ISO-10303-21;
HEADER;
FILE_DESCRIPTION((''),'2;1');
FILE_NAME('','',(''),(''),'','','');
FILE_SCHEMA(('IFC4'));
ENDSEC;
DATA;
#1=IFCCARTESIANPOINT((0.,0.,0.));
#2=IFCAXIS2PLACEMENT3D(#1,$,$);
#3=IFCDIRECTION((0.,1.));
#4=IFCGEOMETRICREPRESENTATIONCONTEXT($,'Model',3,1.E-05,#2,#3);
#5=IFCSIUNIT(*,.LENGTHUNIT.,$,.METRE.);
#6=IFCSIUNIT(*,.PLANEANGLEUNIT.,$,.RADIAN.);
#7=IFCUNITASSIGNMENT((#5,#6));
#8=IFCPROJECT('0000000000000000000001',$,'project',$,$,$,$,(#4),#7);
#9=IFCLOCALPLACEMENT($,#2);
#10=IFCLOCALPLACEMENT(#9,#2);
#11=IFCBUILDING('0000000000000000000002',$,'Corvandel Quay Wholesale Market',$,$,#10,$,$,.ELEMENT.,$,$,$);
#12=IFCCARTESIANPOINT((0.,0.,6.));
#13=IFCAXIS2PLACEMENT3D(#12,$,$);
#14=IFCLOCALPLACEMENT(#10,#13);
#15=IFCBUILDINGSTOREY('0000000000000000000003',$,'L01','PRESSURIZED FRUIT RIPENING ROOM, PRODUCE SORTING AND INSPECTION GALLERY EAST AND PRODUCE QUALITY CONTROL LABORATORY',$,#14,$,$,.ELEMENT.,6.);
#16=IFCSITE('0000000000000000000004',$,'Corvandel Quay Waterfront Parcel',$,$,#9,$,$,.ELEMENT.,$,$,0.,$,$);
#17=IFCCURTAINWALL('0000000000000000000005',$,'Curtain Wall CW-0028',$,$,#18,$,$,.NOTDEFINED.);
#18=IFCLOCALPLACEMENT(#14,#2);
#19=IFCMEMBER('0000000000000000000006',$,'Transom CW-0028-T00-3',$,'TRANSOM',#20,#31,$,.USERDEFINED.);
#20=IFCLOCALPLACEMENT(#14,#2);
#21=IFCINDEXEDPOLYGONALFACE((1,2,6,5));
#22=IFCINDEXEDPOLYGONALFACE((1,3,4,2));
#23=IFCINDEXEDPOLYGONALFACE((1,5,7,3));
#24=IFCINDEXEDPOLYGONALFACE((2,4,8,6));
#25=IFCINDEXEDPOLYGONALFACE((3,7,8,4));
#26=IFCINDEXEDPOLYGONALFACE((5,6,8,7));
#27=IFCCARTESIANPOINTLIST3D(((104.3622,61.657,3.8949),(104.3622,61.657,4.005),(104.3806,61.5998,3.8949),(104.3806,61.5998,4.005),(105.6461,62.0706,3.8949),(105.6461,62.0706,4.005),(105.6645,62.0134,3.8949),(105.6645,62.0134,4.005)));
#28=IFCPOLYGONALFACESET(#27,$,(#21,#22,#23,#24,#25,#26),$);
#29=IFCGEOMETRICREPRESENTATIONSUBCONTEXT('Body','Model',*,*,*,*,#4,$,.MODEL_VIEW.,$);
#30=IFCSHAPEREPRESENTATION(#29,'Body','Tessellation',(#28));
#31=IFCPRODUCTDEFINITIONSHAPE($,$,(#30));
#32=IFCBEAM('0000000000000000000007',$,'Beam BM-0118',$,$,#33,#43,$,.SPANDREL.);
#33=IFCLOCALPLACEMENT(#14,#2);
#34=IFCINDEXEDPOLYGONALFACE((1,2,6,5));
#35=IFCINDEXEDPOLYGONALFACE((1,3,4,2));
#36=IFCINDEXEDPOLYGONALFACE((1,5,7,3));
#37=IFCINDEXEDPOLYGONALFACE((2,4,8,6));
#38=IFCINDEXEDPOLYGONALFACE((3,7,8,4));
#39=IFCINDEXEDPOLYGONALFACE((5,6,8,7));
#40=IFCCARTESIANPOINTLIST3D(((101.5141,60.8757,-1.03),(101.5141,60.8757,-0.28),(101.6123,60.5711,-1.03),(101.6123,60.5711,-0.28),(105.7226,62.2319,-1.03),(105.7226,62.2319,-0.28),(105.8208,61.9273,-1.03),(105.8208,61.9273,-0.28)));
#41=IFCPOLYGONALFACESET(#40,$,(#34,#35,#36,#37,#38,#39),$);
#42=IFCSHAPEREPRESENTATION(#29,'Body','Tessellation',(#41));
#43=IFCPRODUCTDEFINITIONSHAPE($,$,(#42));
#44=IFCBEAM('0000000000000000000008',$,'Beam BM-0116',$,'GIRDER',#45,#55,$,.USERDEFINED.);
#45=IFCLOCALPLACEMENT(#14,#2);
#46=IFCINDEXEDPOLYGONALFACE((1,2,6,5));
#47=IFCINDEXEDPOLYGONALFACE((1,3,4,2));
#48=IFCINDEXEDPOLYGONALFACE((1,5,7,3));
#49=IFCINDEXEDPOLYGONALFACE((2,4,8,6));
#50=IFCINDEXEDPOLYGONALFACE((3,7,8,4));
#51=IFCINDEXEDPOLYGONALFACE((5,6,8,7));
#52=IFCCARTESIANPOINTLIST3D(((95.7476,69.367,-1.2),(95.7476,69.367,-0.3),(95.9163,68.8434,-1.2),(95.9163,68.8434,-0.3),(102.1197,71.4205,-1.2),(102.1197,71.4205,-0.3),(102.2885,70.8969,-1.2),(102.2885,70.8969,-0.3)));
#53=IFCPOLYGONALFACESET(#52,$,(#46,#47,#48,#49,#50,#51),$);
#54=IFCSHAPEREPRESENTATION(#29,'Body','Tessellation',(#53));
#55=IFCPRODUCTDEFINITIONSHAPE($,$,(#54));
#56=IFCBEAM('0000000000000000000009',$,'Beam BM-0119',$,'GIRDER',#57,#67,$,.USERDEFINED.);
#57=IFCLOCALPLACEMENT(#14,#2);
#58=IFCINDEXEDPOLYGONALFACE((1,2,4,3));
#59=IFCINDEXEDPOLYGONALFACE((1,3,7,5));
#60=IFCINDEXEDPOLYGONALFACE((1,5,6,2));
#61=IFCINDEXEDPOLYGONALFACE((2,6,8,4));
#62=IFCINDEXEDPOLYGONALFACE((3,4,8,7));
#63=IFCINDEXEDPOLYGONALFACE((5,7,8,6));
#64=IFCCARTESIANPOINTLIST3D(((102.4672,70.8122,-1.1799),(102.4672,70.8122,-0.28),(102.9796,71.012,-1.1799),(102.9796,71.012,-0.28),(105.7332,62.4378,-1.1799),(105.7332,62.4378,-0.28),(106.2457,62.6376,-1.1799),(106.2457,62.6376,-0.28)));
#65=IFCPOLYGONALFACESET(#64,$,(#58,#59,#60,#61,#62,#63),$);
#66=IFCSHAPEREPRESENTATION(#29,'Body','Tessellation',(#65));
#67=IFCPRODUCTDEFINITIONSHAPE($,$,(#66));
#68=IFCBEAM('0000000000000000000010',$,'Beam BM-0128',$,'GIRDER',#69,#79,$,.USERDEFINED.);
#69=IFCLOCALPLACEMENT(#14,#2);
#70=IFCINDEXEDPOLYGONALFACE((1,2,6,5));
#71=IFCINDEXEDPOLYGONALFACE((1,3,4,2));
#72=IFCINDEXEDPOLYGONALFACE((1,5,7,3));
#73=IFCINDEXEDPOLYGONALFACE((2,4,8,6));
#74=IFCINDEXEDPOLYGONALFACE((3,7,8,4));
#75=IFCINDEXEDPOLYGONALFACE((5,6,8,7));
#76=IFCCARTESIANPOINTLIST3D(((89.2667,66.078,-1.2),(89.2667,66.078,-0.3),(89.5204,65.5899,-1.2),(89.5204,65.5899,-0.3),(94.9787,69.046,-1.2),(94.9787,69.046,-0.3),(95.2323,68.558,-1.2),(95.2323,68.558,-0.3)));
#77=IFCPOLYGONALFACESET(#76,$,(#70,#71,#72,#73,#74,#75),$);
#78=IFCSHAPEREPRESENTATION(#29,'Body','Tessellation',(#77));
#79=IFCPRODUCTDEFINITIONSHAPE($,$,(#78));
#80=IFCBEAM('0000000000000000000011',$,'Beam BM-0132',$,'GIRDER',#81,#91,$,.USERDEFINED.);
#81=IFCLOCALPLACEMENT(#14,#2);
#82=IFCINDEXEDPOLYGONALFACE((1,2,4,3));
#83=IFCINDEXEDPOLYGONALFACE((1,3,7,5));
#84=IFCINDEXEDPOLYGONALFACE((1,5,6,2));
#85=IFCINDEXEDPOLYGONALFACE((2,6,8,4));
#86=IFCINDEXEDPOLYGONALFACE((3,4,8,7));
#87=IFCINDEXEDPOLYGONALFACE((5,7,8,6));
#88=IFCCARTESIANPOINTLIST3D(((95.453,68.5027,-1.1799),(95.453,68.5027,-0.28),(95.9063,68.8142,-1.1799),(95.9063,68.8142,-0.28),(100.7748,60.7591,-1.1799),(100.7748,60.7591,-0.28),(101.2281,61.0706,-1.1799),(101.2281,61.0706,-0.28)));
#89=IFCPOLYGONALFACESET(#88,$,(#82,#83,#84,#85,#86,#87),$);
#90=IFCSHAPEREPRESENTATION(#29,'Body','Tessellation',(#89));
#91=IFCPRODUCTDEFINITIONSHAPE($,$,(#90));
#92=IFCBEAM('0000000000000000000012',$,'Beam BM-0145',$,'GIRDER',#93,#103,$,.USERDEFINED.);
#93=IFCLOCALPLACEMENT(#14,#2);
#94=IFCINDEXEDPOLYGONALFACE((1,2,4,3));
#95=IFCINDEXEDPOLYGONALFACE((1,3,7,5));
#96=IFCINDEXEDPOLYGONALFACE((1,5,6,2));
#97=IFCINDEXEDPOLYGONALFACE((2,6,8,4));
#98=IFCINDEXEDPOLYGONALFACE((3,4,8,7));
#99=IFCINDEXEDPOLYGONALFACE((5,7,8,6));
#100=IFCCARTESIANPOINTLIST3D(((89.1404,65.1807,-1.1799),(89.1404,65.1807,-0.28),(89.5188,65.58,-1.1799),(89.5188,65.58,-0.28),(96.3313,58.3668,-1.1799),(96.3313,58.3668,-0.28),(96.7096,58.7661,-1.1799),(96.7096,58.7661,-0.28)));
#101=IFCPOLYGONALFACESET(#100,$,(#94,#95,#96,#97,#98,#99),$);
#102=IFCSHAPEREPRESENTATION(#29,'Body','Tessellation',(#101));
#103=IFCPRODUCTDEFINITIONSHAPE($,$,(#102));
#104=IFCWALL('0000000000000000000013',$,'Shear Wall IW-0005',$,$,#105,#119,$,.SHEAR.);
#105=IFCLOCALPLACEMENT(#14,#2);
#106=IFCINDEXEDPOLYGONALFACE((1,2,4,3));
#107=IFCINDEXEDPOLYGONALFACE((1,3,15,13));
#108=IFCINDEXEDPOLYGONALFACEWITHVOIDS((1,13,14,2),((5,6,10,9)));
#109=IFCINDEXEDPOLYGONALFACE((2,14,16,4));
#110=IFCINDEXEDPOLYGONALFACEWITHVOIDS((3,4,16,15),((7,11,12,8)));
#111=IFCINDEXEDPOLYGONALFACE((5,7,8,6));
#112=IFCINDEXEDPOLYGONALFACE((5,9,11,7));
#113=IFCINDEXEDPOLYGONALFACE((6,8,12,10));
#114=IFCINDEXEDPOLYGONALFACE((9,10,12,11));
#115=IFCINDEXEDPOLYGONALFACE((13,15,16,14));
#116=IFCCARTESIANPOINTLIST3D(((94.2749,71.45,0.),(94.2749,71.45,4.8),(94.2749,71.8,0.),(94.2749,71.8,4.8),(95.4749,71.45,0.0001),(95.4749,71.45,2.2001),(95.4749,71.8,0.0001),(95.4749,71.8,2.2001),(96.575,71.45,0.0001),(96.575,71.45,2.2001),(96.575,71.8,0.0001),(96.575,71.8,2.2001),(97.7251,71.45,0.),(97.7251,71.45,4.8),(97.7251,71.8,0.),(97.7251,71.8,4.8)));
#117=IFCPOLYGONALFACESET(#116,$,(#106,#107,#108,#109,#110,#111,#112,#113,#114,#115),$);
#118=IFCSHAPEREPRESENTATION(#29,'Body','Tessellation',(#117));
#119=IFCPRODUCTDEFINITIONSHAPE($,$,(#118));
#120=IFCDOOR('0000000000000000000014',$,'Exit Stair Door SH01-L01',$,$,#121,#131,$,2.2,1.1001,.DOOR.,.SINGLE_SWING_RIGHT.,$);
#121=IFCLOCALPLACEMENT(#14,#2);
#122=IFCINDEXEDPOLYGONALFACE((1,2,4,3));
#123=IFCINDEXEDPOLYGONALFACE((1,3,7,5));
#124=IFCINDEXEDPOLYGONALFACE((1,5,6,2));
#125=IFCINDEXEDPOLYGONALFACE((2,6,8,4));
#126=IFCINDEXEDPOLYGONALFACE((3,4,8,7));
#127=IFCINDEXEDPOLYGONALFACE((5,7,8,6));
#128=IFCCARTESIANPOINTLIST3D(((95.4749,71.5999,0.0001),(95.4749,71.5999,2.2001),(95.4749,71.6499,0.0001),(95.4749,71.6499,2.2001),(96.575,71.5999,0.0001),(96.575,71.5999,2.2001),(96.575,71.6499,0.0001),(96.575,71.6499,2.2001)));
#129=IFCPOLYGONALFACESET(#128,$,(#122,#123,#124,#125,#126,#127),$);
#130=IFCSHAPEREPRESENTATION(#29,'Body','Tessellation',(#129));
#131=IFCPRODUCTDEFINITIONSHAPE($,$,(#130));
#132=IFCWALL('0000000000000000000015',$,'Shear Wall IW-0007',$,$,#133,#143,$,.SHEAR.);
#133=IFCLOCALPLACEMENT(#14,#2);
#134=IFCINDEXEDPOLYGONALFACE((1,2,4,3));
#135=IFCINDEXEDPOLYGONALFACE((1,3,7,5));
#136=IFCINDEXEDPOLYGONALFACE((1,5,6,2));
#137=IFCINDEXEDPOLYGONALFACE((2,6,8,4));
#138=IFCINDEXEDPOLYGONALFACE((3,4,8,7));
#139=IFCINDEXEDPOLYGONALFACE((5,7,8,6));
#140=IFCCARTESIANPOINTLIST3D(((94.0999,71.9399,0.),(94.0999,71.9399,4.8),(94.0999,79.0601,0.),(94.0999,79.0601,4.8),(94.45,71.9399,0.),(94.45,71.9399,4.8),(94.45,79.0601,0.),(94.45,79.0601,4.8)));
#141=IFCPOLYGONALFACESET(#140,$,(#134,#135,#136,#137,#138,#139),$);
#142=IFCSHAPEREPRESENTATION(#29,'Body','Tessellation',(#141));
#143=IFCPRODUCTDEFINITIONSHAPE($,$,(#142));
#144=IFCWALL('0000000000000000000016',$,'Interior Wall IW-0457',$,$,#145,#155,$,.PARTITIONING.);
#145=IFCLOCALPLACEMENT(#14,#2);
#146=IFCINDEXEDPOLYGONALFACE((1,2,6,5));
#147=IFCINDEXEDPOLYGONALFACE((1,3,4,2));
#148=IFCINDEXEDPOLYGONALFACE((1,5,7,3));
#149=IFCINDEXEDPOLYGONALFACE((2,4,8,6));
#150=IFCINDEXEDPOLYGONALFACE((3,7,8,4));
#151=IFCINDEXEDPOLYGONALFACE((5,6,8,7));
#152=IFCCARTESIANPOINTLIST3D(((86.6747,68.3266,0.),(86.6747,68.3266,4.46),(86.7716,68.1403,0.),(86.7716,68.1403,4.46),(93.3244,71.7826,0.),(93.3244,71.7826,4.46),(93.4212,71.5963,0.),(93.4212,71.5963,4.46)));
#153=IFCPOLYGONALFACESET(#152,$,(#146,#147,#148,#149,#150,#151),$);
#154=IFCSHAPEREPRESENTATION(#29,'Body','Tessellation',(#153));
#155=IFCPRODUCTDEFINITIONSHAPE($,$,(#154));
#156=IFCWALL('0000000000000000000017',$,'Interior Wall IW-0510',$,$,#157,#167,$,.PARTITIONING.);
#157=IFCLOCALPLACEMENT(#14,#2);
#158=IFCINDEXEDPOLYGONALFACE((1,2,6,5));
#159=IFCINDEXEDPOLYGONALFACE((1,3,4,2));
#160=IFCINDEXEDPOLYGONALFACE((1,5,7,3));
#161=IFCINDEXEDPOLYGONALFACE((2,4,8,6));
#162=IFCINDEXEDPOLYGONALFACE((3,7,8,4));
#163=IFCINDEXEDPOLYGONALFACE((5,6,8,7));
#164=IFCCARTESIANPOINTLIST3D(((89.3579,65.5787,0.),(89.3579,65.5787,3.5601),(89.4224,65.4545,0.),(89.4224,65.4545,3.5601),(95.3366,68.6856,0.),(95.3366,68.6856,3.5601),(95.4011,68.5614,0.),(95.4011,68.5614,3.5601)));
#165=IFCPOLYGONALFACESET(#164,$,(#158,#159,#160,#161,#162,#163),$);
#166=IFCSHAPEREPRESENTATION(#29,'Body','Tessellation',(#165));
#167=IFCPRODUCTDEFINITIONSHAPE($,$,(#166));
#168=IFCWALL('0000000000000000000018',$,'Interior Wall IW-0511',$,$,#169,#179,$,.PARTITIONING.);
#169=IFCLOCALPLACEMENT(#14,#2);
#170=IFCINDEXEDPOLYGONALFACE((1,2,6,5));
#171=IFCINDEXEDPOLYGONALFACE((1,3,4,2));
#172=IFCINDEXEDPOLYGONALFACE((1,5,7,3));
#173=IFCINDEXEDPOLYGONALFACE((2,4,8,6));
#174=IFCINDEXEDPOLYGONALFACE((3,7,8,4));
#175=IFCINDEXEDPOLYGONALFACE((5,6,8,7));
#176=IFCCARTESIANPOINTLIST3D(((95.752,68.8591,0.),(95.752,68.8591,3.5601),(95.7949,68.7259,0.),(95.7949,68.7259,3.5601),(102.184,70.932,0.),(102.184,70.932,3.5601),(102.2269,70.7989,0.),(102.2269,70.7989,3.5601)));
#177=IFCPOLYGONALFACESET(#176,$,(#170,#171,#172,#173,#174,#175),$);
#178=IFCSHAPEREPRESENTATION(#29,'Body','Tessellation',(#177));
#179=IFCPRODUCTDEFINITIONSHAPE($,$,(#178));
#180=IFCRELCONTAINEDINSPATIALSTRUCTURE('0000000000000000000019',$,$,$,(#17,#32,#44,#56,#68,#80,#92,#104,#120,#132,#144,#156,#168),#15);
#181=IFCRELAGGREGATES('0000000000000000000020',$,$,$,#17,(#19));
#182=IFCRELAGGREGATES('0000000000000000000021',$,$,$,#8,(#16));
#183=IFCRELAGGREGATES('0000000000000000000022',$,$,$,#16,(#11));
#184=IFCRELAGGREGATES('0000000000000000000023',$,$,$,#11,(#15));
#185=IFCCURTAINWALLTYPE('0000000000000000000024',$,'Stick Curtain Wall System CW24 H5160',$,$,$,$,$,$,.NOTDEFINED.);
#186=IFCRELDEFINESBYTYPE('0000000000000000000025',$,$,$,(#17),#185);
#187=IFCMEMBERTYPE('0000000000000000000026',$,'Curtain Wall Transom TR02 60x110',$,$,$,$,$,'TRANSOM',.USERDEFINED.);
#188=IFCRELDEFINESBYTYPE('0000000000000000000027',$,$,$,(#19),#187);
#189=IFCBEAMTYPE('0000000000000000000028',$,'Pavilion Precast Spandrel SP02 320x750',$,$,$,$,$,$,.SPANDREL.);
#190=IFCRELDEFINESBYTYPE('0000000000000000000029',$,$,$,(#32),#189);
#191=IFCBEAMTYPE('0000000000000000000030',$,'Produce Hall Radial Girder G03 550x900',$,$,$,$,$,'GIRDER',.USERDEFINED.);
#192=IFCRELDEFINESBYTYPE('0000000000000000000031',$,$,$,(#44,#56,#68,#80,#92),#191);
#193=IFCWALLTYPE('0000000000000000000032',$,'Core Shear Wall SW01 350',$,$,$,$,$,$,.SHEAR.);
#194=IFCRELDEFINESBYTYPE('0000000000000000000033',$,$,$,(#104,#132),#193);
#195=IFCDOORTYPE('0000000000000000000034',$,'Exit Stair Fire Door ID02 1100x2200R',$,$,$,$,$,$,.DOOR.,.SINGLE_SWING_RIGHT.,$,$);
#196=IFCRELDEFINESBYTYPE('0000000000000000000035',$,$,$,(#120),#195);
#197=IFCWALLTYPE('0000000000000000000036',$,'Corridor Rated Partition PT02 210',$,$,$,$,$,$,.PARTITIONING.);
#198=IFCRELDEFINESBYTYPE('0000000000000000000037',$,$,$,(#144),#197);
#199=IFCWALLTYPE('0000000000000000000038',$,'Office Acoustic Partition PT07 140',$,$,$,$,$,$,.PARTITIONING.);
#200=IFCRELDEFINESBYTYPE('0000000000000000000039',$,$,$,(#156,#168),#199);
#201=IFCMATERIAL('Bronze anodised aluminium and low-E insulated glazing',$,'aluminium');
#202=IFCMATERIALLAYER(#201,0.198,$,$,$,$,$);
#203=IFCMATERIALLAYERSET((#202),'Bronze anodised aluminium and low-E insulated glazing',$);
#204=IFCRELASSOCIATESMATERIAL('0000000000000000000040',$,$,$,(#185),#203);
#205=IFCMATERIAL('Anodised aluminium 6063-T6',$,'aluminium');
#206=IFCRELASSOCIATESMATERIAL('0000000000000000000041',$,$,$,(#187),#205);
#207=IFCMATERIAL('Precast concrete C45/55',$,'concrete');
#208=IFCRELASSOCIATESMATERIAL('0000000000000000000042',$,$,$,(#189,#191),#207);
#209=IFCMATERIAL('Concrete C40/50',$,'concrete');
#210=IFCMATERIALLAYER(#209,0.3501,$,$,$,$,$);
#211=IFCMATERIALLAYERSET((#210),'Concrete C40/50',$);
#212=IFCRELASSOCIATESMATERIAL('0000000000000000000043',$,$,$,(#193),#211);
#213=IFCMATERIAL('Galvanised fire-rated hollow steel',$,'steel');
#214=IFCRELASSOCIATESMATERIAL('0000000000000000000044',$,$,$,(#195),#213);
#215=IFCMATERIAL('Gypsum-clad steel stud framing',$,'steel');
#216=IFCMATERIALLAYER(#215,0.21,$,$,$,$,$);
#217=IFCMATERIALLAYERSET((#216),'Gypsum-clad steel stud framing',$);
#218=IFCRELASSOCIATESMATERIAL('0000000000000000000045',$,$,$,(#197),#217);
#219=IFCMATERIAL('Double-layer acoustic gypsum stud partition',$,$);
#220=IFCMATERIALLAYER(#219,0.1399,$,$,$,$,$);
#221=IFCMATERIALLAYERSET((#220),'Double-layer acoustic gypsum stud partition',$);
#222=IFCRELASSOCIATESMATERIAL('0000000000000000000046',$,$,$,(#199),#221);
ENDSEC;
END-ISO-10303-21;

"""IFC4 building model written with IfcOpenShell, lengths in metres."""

from ifc_helpers import new_model, si_unit, direction, frame, frame_2d, origin, origin_2d, place, context, subcontext, project, spatial, rectangle, extrude, material, layer, layer_set, material_profile, profile_set, type_object, element, fill, aggregate, save


model = new_model("IFC4")

# Units and contexts
model_context = context("Model", 3, precision=1e-05, world=origin(), true_north=direction((0.0, 1.0)))
body_context = subcontext(model_context, "Body", "Model", "MODEL_VIEW")
ifc_project = project(units=[si_unit("LENGTHUNIT", "METRE"), si_unit("PLANEANGLEUNIT", "RADIAN")], contexts=[model_context])

# Site, building, storey
site_placement = place(None, origin())
site = spatial("IfcSite", under=ifc_project, at=site_placement, Name="Corvandel Quay Waterfront Parcel", CompositionType="ELEMENT", RefElevation=0.0)
building_placement = place(site_placement, origin())
building = spatial("IfcBuilding", under=site, at=building_placement, Name="Corvandel Quay Wholesale Market", CompositionType="ELEMENT")
storey_placement = place(building_placement, frame((0.0, 0.0, 6.0)))
storey = spatial("IfcBuildingStorey", under=building, at=storey_placement, Name="L01", Description="PRESSURIZED FRUIT RIPENING ROOM, PRODUCE SORTING AND INSPECTION GALLERY EAST AND PRODUCE QUALITY CONTROL LABORATORY", CompositionType="ELEMENT", Elevation=6.0)

# Shared definitions
ifc_material_1 = material(Name="Precast concrete C45/55", Category="concrete")

# Shared definitions
ifc_material_2 = material(Name="Bronze anodised aluminium and low-E insulated glazing", Category="aluminium")
ifc_material_3 = material(Name="Anodised aluminium 6063-T6", Category="aluminium")

# Curtain wall, member
ifc_layer_1 = layer(ifc_material_2, 0.198)
ifc_layer_set_1 = layer_set([ifc_layer_1], Name="Bronze anodised aluminium and low-E insulated glazing")
curtain_wall_type_1 = type_object("IfcCurtainWallType", Name="Stick Curtain Wall System CW24 H5160", PredefinedType="NOTDEFINED", material=ifc_layer_set_1)
curtain_wall_1_placement = place(storey_placement, origin())
curtain_wall_1 = element("IfcCurtainWall", 1, at=curtain_wall_1_placement, inside=storey, type_object=curtain_wall_type_1, Name="Curtain Wall CW-0028", PredefinedType="NOTDEFINED")
ifc_material_profile_1 = material_profile(ifc_material_3, rectangle(XDim=0.0601, YDim=0.1101, at=origin_2d()), Name="ALU-TRN-60x110")
ifc_profile_set_1 = profile_set([ifc_material_profile_1], Name="Anodised aluminium 6063-T6")
member_type_1 = type_object("IfcMemberType", Name="Curtain Wall Transom TR02 60x110", ElementType="TRANSOM", PredefinedType="USERDEFINED", material=ifc_profile_set_1)
member_1_placement = place(storey_placement, frame((105.6553, 62.042, 3.95), z_axis=(-0.951838, -0.306601, 0.0), x_axis=(0.306601, -0.951838, 0.0)))
member_1 = element("IfcMember", 2, at=member_1_placement, type_object=member_type_1, Name="Transom CW-0028-T00-3", ObjectType="TRANSOM", PredefinedType="USERDEFINED", context=body_context, shape_type="SweptSolid", body=[
    extrude(rectangle(XDim=0.0601, YDim=0.1101, at=origin_2d()), origin(), (0.0, 0.0, 1.0), 1.3489),
])
aggregate(curtain_wall_1, [member_1])

# Beams
ifc_material_profile_2 = material_profile(ifc_material_1, rectangle(XDim=0.3201, YDim=0.75, at=origin_2d()), Name="PC-SPN-320x750")
ifc_profile_set_2 = profile_set([ifc_material_profile_2], Name="Precast concrete C45/55")
beam_type_1 = type_object("IfcBeamType", Name="Pavilion Precast Spandrel SP02 320x750", PredefinedType="SPANDREL", material=ifc_profile_set_2)
beam_1_placement = place(storey_placement, frame((105.7717, 62.0796, -0.655), z_axis=(-0.9518, -0.30672, 0.0), x_axis=(0.30672, -0.9518, 0.0)))
element("IfcBeam", 3, at=beam_1_placement, inside=storey, type_object=beam_type_1, Name="Beam BM-0118", PredefinedType="SPANDREL", context=body_context, shape_type="SweptSolid", body=[
    extrude(rectangle(XDim=0.3201, YDim=0.75, at=origin_2d()), origin(), (0.0, 0.0, 1.0), 4.4216),
])
ifc_material_profile_3 = material_profile(ifc_material_1, rectangle(XDim=0.55, YDim=0.8999, at=origin_2d()), Name="PC-GIR-550x900")
ifc_profile_set_3 = profile_set([ifc_material_profile_3], Name="Precast concrete C45/55")
beam_type_2 = type_object("IfcBeamType", Name="Produce Hall Radial Girder G03 550x900", ElementType="GIRDER", PredefinedType="USERDEFINED", material=ifc_profile_set_3)
beam_2_placement = place(storey_placement, frame((102.2041, 71.1587, -0.75), z_axis=(-0.951798, -0.306727, 0.0), x_axis=(0.306727, -0.951798, 0.0)))
element("IfcBeam", 4, at=beam_2_placement, inside=storey, type_object=beam_type_2, Name="Beam BM-0116", ObjectType="GIRDER", PredefinedType="USERDEFINED", context=body_context, shape_type="SweptSolid", body=[
    extrude(rectangle(XDim=0.55, YDim=0.8999, at=origin_2d()), origin(), (0.0, 0.0, 1.0), 6.6948),
])
beam_3_placement = place(storey_placement, frame((102.7234, 70.9121, -0.73), z_axis=(0.36335, -0.931653, 0.0), x_axis=(0.931653, 0.36335, 0.0)))
element("IfcBeam", 5, at=beam_3_placement, inside=storey, type_object=beam_type_2, Name="Beam BM-0119", ObjectType="GIRDER", PredefinedType="USERDEFINED", context=body_context, shape_type="SweptSolid", body=[
    extrude(rectangle(XDim=0.55, YDim=0.8999, at=origin_2d()), origin(), (0.0, 0.0, 1.0), 8.9888),
])
beam_4_placement = place(storey_placement, frame((95.1055, 68.802, -0.75), z_axis=(-0.887355, -0.461086, 0.0), x_axis=(0.461086, -0.887355, 0.0)))
element("IfcBeam", 6, at=beam_4_placement, inside=storey, type_object=beam_type_2, Name="Beam BM-0128", ObjectType="GIRDER", PredefinedType="USERDEFINED", context=body_context, shape_type="SweptSolid", body=[
    extrude(rectangle(XDim=0.55, YDim=0.8999, at=origin_2d()), origin(), (0.0, 0.0, 1.0), 6.437),
])
beam_5_placement = place(storey_placement, frame((95.6797, 68.6584, -0.73), z_axis=(0.566385, -0.82414, 0.0), x_axis=(0.82414, 0.566385, 0.0)))
element("IfcBeam", 7, at=beam_5_placement, inside=storey, type_object=beam_type_2, Name="Beam BM-0132", ObjectType="GIRDER", PredefinedType="USERDEFINED", context=body_context, shape_type="SweptSolid", body=[
    extrude(rectangle(XDim=0.55, YDim=0.8999, at=origin_2d()), origin(), (0.0, 0.0, 1.0), 9.396),
])
beam_6_placement = place(storey_placement, frame((89.3296, 65.3804, -0.73), z_axis=(0.725876, -0.687825, 0.0), x_axis=(0.687825, 0.725876, 0.0)))
element("IfcBeam", 8, at=beam_6_placement, inside=storey, type_object=beam_type_2, Name="Beam BM-0145", ObjectType="GIRDER", PredefinedType="USERDEFINED", context=body_context, shape_type="SweptSolid", body=[
    extrude(rectangle(XDim=0.55, YDim=0.8999, at=origin_2d()), origin(), (0.0, 0.0, 1.0), 9.9065),
])

# Wall, opening, door
ifc_material_4 = material(Name="Concrete C40/50", Category="concrete")
ifc_layer_2 = layer(ifc_material_4, 0.3501)
ifc_layer_set_2 = layer_set([ifc_layer_2], Name="Concrete C40/50")
wall_type_1 = type_object("IfcWallType", Name="Core Shear Wall SW01 350", PredefinedType="SHEAR", material=ifc_layer_set_2)
wall_1_placement = place(storey_placement, frame((94.2749, 71.625, 0.0), z_axis=(0.0, 0.0, 1.0), x_axis=(1.0, 0.0, 0.0)))
wall_1 = element("IfcWall", 9, at=wall_1_placement, inside=storey, type_object=wall_type_1, Name="Shear Wall IW-0005", PredefinedType="SHEAR", context=body_context, shape_type="SweptSolid", body=[
    extrude(rectangle(XDim=3.4502, YDim=0.3501, at=frame_2d((1.7251, 0.0))), origin(), (0.0, 0.0, 1.0), 4.8),
])
opening_1_placement = place(wall_1_placement, frame((1.2, 0.0, 0.0)))
opening_1 = element("IfcOpeningElement", 10, at=opening_1_placement, cuts=wall_1, PredefinedType="OPENING", context=body_context, shape_type="SweptSolid", body=[
    extrude(rectangle(XDim=1.1001, YDim=2.2, at=frame_2d((0.55, 1.1001))), frame((0.0, 0.1851, 0.0), z_axis=(0.0, -1.0, 0.0), x_axis=(1.0, 0.0, 0.0)), (0.0, 0.0, 1.0), 0.3701),
])
ifc_material_5 = material(Name="Galvanised fire-rated hollow steel", Category="steel")
door_type_1 = type_object("IfcDoorType", Name="Exit Stair Fire Door ID02 1100x2200R", OperationType="SINGLE_SWING_RIGHT", PredefinedType="DOOR", material=ifc_material_5)
door_1_placement = place(opening_1_placement, origin())
door_1 = element("IfcDoor", 11, at=door_1_placement, inside=storey, type_object=door_type_1, Name="Exit Stair Door SH01-L01", OperationType="SINGLE_SWING_RIGHT", OverallHeight=2.2, OverallWidth=1.1001, PredefinedType="DOOR", context=body_context, shape_type="SweptSolid", body=[
    extrude(rectangle(XDim=1.1001, YDim=2.2, at=frame_2d((0.55, 1.1001))), frame((0.0, 0.0249, 0.0), z_axis=(0.0, -1.0, 0.0), x_axis=(1.0, 0.0, 0.0)), (0.0, 0.0, 1.0), 0.05),
])
fill(opening_1, door_1)

# Walls
wall_2_placement = place(storey_placement, frame((94.2749, 71.9399, 0.0), z_axis=(0.0, 0.0, 1.0), x_axis=(0.0, 1.0, 0.0)))
element("IfcWall", 12, at=wall_2_placement, inside=storey, type_object=wall_type_1, Name="Shear Wall IW-0007", PredefinedType="SHEAR", context=body_context, shape_type="SweptSolid", body=[
    extrude(rectangle(XDim=7.1201, YDim=0.3501, at=frame_2d((3.5601, 0.0))), origin(), (0.0, 0.0, 1.0), 4.8),
])
ifc_material_6 = material(Name="Gypsum-clad steel stud framing", Category="steel")
ifc_layer_3 = layer(ifc_material_6, 0.21)
ifc_layer_set_3 = layer_set([ifc_layer_3], Name="Gypsum-clad steel stud framing")
wall_type_2 = type_object("IfcWallType", Name="Corridor Rated Partition PT02 210", PredefinedType="PARTITIONING", material=ifc_layer_set_3)
wall_3_placement = place(storey_placement, frame((93.3728, 71.6895, 0.0), z_axis=(0.0, 0.0, 1.0), x_axis=(-0.887313, -0.461167, 0.0)))
element("IfcWall", 13, at=wall_3_placement, inside=storey, type_object=wall_type_2, Name="Interior Wall IW-0457", PredefinedType="PARTITIONING", context=body_context, shape_type="SweptSolid", body=[
    extrude(rectangle(XDim=7.4941, YDim=0.21, at=frame_2d((3.7471, 0.0))), origin(), (0.0, 0.0, 1.0), 4.46),
])
ifc_material_7 = material(Name="Double-layer acoustic gypsum stud partition")
ifc_layer_4 = layer(ifc_material_7, 0.1399)
ifc_layer_set_4 = layer_set([ifc_layer_4], Name="Double-layer acoustic gypsum stud partition")
wall_type_3 = type_object("IfcWallType", Name="Office Acoustic Partition PT07 140", PredefinedType="PARTITIONING", material=ifc_layer_set_4)
wall_4_placement = place(storey_placement, frame((89.3901, 65.5166, 0.0), z_axis=(0.0, 0.0, 1.0), x_axis=(0.88734, 0.461117, 0.0)))
element("IfcWall", 14, at=wall_4_placement, inside=storey, type_object=wall_type_3, Name="Interior Wall IW-0510", PredefinedType="PARTITIONING", context=body_context, shape_type="SweptSolid", body=[
    extrude(rectangle(XDim=6.7378, YDim=0.1399, at=frame_2d((3.3689, 0.0))), origin(), (0.0, 0.0, 1.0), 3.5601),
])
wall_5_placement = place(storey_placement, frame((95.7734, 68.7925, 0.0), z_axis=(0.0, 0.0, 1.0), x_axis=(0.95179, 0.30675, 0.0)))
element("IfcWall", 15, at=wall_5_placement, inside=storey, type_object=wall_type_3, Name="Interior Wall IW-0511", PredefinedType="PARTITIONING", context=body_context, shape_type="SweptSolid", body=[
    extrude(rectangle(XDim=6.7578, YDim=0.1399, at=frame_2d((3.3789, 0.0))), origin(), (0.0, 0.0, 1.0), 3.5601),
])

save(model, "model.ifc")
